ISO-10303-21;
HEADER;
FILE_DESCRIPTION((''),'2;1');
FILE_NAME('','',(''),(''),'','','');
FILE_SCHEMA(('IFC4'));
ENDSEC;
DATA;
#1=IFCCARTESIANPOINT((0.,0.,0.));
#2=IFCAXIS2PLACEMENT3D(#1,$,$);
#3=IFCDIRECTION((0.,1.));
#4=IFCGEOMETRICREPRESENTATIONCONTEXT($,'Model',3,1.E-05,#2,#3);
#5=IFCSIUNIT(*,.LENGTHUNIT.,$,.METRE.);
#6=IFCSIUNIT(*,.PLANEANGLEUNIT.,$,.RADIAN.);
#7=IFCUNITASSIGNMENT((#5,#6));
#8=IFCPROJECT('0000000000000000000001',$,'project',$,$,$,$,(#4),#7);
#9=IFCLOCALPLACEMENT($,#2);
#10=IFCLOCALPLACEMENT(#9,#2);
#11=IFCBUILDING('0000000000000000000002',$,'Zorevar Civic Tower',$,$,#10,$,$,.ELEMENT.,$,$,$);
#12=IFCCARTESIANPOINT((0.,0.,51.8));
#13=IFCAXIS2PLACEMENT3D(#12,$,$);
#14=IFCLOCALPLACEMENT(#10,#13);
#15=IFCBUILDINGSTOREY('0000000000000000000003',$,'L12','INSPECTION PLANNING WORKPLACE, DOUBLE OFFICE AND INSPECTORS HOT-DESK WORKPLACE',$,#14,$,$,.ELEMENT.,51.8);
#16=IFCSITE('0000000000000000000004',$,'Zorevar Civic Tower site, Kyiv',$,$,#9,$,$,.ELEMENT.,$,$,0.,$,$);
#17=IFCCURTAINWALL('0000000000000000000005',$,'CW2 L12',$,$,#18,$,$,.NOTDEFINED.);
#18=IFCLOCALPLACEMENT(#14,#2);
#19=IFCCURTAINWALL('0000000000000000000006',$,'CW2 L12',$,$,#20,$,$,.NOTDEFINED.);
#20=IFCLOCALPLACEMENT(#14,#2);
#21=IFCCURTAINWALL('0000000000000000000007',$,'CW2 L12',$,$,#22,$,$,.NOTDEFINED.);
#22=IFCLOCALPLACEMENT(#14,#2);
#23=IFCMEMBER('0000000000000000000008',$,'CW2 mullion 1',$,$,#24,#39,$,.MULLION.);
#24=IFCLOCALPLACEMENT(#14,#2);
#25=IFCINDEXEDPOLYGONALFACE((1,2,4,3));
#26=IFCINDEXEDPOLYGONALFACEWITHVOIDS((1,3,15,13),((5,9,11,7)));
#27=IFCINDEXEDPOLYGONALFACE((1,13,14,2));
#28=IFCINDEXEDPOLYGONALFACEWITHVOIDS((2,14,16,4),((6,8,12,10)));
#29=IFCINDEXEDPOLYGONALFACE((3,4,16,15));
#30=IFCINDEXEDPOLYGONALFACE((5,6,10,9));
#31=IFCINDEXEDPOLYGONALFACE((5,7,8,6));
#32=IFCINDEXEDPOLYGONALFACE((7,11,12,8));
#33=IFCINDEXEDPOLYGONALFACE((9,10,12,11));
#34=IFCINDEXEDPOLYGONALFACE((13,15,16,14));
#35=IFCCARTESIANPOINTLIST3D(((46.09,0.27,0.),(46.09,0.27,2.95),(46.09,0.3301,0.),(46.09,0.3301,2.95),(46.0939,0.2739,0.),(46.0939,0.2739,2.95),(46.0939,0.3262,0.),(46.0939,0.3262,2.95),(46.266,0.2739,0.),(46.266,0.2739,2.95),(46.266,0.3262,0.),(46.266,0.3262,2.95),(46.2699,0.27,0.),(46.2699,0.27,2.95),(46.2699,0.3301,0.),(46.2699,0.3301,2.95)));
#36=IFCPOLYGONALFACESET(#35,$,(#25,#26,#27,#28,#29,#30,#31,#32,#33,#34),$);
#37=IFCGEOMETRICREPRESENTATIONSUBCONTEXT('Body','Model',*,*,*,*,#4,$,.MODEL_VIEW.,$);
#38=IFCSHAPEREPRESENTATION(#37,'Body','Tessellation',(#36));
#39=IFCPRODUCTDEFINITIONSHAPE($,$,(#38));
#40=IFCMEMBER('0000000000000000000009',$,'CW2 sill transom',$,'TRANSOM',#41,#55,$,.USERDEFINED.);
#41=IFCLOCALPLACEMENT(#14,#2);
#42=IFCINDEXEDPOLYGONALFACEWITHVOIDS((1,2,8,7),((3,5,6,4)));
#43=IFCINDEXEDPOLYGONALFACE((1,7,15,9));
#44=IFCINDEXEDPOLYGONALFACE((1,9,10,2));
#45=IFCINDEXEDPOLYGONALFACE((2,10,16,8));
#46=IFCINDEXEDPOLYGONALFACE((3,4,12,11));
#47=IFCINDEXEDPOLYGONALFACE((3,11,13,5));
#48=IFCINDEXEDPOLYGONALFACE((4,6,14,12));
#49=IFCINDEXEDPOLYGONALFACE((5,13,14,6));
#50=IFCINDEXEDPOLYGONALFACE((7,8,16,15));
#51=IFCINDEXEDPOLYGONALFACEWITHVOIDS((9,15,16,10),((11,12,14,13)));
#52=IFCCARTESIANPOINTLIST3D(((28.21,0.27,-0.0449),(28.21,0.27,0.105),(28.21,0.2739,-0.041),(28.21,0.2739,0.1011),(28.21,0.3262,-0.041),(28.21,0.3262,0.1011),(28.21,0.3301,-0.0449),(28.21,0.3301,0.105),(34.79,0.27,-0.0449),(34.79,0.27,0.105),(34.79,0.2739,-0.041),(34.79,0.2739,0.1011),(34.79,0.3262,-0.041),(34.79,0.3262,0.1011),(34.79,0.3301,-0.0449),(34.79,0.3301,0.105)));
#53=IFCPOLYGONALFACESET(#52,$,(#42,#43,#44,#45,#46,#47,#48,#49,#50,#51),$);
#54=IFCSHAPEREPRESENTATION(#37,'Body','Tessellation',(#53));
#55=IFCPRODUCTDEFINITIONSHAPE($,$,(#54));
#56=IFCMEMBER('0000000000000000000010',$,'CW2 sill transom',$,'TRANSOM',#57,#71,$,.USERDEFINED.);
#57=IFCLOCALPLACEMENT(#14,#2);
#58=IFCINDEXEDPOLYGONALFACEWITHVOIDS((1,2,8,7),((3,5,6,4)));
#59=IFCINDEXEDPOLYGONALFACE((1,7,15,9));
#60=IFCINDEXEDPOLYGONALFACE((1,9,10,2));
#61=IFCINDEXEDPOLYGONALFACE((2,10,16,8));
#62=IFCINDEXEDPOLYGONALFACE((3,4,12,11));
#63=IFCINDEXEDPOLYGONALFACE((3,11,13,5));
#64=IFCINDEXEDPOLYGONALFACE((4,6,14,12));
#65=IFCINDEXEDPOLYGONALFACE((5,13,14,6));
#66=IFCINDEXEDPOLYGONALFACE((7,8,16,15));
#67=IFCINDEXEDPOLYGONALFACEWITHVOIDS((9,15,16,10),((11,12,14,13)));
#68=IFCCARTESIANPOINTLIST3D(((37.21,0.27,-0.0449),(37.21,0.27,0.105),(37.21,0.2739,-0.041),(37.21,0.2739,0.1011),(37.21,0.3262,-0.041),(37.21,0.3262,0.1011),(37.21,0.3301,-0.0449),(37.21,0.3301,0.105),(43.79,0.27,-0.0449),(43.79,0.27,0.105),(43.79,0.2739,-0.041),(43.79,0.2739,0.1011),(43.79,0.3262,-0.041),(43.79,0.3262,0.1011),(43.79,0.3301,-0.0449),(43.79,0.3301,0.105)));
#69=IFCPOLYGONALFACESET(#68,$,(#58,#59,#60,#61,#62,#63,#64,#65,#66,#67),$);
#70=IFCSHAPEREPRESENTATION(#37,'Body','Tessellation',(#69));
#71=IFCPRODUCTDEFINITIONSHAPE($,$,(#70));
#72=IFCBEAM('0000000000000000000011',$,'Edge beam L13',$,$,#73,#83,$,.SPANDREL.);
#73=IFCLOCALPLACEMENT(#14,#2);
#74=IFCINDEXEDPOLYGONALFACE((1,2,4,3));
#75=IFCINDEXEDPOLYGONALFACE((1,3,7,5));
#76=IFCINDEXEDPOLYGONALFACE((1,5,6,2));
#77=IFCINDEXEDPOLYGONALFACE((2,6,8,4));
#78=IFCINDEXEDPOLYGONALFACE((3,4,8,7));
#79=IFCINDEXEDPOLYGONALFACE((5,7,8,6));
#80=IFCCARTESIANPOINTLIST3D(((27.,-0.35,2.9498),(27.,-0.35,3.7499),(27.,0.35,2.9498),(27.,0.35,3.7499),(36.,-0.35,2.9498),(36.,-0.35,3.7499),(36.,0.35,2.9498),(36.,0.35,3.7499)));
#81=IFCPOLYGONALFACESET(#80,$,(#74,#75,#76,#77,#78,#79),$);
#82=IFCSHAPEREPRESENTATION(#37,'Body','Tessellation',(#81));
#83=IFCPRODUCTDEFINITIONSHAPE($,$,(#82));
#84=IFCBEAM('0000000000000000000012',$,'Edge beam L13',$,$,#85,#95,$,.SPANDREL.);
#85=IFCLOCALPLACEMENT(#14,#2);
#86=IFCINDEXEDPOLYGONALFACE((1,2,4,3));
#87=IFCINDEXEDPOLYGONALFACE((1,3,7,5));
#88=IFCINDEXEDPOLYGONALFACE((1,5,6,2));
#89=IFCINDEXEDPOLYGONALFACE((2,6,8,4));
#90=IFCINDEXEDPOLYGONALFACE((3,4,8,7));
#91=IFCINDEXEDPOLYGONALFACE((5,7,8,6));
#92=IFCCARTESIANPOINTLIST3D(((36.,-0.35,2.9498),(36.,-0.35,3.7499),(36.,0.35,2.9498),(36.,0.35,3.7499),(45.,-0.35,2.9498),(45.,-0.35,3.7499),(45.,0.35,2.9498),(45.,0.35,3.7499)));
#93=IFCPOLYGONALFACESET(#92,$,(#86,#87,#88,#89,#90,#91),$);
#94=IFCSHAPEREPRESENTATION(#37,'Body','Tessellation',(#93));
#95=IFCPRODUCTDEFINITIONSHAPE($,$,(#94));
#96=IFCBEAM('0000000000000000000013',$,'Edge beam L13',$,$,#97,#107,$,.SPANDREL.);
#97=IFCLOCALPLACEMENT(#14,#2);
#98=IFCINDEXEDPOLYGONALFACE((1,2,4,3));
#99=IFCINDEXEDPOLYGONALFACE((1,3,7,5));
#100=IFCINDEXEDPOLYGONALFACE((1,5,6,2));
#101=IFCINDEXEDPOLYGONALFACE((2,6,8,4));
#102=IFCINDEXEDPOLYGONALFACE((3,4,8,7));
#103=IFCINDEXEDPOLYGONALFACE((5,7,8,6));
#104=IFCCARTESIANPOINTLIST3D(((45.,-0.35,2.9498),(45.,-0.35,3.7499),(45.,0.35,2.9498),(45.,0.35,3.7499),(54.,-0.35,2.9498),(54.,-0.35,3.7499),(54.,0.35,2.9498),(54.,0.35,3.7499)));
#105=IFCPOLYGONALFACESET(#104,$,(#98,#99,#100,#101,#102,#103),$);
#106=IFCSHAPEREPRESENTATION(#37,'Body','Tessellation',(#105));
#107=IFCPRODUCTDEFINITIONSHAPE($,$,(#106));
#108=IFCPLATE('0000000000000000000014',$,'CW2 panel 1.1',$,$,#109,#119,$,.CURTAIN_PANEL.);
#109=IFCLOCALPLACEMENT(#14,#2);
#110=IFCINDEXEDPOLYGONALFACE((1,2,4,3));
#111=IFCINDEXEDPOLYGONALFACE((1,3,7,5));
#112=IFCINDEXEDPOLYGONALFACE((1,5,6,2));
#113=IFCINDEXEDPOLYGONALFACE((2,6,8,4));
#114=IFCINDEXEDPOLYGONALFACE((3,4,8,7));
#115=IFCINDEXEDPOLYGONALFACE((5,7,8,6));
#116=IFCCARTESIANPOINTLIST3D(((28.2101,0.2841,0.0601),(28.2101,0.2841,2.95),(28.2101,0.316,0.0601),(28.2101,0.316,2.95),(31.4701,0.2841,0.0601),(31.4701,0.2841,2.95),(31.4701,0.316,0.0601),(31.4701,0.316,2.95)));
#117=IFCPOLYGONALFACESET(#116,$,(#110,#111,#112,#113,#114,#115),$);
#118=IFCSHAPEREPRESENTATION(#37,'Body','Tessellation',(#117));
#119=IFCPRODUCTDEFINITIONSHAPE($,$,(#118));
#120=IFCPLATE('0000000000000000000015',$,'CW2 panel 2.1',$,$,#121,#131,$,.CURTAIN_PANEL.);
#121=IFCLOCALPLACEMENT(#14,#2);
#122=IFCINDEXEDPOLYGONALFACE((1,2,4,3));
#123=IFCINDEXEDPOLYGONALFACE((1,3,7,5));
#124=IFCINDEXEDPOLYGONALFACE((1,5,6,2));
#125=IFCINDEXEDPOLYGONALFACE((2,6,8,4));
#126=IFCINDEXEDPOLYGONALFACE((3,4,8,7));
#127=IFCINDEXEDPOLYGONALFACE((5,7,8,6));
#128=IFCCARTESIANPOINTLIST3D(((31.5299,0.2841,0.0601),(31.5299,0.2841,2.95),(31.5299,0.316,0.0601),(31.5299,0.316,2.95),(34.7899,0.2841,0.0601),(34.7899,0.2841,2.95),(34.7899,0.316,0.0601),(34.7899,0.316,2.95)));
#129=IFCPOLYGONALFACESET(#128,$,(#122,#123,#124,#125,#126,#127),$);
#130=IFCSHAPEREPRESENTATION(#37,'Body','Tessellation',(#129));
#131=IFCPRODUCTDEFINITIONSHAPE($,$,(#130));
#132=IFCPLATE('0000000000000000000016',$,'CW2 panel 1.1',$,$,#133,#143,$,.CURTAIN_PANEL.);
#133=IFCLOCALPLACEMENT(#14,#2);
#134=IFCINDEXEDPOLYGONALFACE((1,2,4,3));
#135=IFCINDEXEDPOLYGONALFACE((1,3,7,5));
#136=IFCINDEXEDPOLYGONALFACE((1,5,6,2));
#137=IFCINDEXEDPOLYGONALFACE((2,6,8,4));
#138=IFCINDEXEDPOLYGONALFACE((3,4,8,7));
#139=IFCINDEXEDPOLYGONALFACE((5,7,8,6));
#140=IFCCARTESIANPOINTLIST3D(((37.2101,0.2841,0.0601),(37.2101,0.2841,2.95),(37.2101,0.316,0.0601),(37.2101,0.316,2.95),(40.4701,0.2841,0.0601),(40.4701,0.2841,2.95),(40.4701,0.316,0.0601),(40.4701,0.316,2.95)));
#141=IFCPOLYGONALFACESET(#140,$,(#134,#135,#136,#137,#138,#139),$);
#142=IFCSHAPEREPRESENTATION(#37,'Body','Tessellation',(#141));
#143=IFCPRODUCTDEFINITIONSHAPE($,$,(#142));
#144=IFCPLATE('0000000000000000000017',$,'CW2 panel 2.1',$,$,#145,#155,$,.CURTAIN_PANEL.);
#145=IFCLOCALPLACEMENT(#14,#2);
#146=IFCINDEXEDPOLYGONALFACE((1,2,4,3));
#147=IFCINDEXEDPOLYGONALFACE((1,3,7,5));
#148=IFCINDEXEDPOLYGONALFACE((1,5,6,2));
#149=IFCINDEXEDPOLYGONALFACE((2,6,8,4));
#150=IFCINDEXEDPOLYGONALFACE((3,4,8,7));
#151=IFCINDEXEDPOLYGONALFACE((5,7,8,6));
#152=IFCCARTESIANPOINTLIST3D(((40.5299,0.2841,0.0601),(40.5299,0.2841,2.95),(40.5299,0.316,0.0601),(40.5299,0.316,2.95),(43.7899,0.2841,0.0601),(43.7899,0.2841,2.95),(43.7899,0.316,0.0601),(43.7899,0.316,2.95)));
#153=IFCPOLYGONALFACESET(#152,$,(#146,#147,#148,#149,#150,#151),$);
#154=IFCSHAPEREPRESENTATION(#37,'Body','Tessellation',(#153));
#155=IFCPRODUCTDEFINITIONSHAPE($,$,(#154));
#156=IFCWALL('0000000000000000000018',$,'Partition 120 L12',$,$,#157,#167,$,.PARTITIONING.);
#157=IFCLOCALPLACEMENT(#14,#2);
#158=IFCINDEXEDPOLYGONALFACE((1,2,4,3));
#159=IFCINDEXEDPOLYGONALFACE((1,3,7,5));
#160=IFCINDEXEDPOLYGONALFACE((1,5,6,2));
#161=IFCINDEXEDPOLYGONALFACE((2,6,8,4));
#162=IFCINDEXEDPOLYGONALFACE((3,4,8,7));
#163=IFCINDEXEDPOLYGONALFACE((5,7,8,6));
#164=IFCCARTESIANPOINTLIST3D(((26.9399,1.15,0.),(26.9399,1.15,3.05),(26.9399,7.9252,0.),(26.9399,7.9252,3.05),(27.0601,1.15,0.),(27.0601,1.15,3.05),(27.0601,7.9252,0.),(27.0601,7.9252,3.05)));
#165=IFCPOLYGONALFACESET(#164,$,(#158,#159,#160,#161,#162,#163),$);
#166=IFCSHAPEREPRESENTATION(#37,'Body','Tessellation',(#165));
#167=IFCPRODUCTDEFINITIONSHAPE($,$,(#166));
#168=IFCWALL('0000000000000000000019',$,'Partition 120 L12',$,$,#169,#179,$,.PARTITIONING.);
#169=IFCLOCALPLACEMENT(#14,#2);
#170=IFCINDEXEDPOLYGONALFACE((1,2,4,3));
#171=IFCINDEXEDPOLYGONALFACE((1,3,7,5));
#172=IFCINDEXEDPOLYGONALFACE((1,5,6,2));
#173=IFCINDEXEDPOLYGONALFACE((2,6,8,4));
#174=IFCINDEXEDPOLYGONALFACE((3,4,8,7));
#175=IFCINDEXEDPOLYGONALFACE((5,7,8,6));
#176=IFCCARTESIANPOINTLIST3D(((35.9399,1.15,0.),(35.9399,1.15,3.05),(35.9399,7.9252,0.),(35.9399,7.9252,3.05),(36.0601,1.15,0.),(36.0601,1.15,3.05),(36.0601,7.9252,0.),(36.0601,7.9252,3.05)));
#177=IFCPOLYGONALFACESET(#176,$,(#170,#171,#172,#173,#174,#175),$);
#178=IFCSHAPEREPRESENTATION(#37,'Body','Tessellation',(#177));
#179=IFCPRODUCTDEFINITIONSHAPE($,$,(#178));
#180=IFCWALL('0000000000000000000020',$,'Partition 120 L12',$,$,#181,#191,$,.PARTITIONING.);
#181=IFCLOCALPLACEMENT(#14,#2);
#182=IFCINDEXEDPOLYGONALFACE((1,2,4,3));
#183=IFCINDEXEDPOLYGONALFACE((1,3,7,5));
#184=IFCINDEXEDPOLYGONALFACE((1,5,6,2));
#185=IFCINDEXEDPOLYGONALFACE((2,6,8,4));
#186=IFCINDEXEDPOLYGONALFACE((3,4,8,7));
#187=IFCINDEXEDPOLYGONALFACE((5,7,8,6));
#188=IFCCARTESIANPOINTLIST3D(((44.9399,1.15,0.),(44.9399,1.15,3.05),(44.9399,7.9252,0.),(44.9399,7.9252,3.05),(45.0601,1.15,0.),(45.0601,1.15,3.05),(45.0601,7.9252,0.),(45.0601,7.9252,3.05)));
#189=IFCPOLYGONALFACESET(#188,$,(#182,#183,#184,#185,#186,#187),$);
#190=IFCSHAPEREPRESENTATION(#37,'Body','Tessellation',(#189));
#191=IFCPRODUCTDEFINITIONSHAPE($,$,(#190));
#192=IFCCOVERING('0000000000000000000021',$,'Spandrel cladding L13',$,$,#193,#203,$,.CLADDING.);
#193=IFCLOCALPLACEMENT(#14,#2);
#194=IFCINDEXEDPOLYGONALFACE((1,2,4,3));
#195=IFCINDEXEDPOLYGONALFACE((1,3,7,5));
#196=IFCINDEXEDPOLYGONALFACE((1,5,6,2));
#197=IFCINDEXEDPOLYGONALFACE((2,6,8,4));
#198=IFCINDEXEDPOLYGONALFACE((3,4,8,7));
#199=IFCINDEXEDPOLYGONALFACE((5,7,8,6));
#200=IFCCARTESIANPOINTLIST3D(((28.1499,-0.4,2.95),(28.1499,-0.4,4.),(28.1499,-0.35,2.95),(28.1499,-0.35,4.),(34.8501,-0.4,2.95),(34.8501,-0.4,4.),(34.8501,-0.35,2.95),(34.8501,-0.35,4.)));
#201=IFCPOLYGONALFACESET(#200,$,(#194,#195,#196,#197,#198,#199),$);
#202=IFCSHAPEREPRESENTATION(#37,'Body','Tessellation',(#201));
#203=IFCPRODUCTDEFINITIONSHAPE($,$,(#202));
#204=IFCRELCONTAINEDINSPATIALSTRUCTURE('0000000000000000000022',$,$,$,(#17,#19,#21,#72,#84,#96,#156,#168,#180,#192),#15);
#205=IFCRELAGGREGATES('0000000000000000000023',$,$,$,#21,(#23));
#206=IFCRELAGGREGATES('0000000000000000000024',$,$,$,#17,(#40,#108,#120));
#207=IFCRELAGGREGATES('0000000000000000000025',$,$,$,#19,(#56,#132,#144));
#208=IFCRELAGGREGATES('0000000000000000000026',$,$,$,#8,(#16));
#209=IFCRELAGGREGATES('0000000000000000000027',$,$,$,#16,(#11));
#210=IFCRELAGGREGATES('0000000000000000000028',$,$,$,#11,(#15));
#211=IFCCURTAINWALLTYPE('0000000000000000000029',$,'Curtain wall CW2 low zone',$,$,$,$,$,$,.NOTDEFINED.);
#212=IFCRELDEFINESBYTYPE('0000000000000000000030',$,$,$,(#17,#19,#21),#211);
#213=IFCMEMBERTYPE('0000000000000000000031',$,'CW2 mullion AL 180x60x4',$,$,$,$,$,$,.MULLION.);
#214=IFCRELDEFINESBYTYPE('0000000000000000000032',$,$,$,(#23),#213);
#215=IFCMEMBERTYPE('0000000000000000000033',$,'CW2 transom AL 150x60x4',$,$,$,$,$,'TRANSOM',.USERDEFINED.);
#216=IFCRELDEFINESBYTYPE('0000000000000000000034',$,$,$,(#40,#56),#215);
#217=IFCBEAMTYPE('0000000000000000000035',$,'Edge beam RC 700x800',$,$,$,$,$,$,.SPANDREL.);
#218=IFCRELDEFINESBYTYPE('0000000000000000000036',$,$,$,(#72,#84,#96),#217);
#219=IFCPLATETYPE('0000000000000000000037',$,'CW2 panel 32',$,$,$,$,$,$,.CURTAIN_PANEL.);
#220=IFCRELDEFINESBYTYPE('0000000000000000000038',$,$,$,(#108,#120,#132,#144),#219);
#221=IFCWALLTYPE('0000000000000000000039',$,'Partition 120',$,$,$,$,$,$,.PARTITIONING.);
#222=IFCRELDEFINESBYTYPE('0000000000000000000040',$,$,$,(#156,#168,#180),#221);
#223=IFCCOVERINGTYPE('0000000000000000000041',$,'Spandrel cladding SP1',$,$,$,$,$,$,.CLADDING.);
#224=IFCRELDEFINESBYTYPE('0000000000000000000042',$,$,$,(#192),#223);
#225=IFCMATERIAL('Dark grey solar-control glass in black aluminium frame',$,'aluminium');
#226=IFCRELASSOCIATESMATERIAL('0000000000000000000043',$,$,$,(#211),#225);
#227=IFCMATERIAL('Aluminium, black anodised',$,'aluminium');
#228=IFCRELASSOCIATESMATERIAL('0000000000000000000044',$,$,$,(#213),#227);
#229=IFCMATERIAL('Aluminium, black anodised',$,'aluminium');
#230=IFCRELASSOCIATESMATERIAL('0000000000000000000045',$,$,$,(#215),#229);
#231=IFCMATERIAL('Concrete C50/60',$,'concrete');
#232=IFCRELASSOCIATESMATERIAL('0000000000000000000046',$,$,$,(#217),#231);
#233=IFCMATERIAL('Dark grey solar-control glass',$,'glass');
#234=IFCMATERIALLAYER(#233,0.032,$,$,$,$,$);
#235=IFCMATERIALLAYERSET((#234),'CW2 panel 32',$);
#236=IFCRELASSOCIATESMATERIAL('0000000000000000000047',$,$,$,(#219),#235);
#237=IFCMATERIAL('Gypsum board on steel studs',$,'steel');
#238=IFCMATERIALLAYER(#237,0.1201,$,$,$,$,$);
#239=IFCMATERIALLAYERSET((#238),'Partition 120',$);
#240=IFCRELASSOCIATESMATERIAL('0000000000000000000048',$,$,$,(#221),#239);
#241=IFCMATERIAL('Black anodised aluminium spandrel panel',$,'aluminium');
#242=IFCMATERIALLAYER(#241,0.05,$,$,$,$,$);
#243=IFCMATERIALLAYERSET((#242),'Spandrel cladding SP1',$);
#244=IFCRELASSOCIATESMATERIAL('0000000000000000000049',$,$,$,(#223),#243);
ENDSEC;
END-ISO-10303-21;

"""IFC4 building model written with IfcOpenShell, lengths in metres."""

from ifc_helpers import new_model, si_unit, direction, frame, frame_2d, origin, origin_2d, place, context, subcontext, project, spatial, rectangle, hollow_rectangle, extrude, material, layer, layer_set, material_profile, profile_set, type_object, element, aggregate, save


model = new_model("IFC4")

# Units and contexts
model_context = context("Model", 3, precision=1e-05, world=origin(), true_north=direction((0.0, 1.0)))
body_context = subcontext(model_context, "Body", "Model", "MODEL_VIEW")
ifc_project = project(units=[si_unit("LENGTHUNIT", "METRE"), si_unit("PLANEANGLEUNIT", "RADIAN")], contexts=[model_context])

# Site, building, storey
site_placement = place(None, origin())
site = spatial("IfcSite", under=ifc_project, at=site_placement, Name="Zorevar Civic Tower site, Kyiv", CompositionType="ELEMENT", RefElevation=0.0)
building_placement = place(site_placement, origin())
building = spatial("IfcBuilding", under=site, at=building_placement, Name="Zorevar Civic Tower", CompositionType="ELEMENT")
storey_placement = place(building_placement, frame((0.0, 0.0, 51.8)))
storey = spatial("IfcBuildingStorey", under=building, at=storey_placement, Name="L12", Description="INSPECTION PLANNING WORKPLACE, DOUBLE OFFICE AND INSPECTORS HOT-DESK WORKPLACE", CompositionType="ELEMENT", Elevation=51.8)

# Curtain walls
ifc_material_1 = material(Name="Dark grey solar-control glass in black aluminium frame", Category="aluminium")
curtain_wall_type = type_object("IfcCurtainWallType", Name="Curtain wall CW2 low zone", PredefinedType="NOTDEFINED", material=ifc_material_1)
curtain_wall_1_placement = place(storey_placement, origin())
curtain_wall_1 = element("IfcCurtainWall", 1, at=curtain_wall_1_placement, inside=storey, type_object=curtain_wall_type, Name="CW2 L12", PredefinedType="NOTDEFINED")
ifc_material_2 = material(Name="Aluminium, black anodised", Category="aluminium")
ifc_material_profile_1 = material_profile(ifc_material_2, hollow_rectangle(XDim=0.0601, YDim=0.1799, WallThickness=0.0039, at=origin_2d()), Name="AL 180x60x4")
ifc_profile_set_1 = profile_set([ifc_material_profile_1], Name="Aluminium, black anodised")
member_type_1 = type_object("IfcMemberType", Name="CW2 mullion AL 180x60x4", PredefinedType="MULLION", material=ifc_profile_set_1)
curtain_wall_2_placement = place(storey_placement, origin())
curtain_wall_2 = element("IfcCurtainWall", 2, at=curtain_wall_2_placement, inside=storey, type_object=curtain_wall_type, Name="CW2 L12", PredefinedType="NOTDEFINED")

# Curtain wall, member
curtain_wall_3_placement = place(storey_placement, origin())
curtain_wall_3 = element("IfcCurtainWall", 3, at=curtain_wall_3_placement, inside=storey, type_object=curtain_wall_type, Name="CW2 L12", PredefinedType="NOTDEFINED")
member_1_placement = place(storey_placement, frame((46.1799, 0.3, 0.0), z_axis=(0.0, 0.0, 1.0), x_axis=(0.0, 1.0, 0.0)))
member_1 = element("IfcMember", 4, at=member_1_placement, type_object=member_type_1, Name="CW2 mullion 1", PredefinedType="MULLION", context=body_context, shape_type="SweptSolid", body=[
    extrude(hollow_rectangle(XDim=0.0601, YDim=0.1799, WallThickness=0.0039, at=origin_2d()), origin(), (0.0, 0.0, 1.0), 2.95),
])
aggregate(curtain_wall_3, [member_1])

# Members
ifc_material_3 = material(Name="Aluminium, black anodised", Category="aluminium")
ifc_material_profile_2 = material_profile(ifc_material_3, hollow_rectangle(XDim=0.0601, YDim=0.1499, WallThickness=0.0039, at=origin_2d()), Name="AL 150x60x4")
ifc_profile_set_2 = profile_set([ifc_material_profile_2], Name="Aluminium, black anodised")
member_type_2 = type_object("IfcMemberType", Name="CW2 transom AL 150x60x4", ElementType="TRANSOM", PredefinedType="USERDEFINED", material=ifc_profile_set_2)
member_2_placement = place(storey_placement, frame((28.21, 0.3, 0.03), z_axis=(1.0, 0.0, 0.0), x_axis=(0.0, 1.0, 0.0)))
member_2 = element("IfcMember", 5, at=member_2_placement, type_object=member_type_2, Name="CW2 sill transom", ObjectType="TRANSOM", PredefinedType="USERDEFINED", context=body_context, shape_type="SweptSolid", body=[
    extrude(hollow_rectangle(XDim=0.0601, YDim=0.1499, WallThickness=0.0039, at=origin_2d()), origin(), (0.0, 0.0, 1.0), 6.5801),
])
member_3_placement = place(storey_placement, frame((37.21, 0.3, 0.03), z_axis=(1.0, 0.0, 0.0), x_axis=(0.0, 1.0, 0.0)))
member_3 = element("IfcMember", 6, at=member_3_placement, type_object=member_type_2, Name="CW2 sill transom", ObjectType="TRANSOM", PredefinedType="USERDEFINED", context=body_context, shape_type="SweptSolid", body=[
    extrude(hollow_rectangle(XDim=0.0601, YDim=0.1499, WallThickness=0.0039, at=origin_2d()), origin(), (0.0, 0.0, 1.0), 6.5801),
])

# Beams
ifc_material_4 = material(Name="Concrete C50/60", Category="concrete")
ifc_material_profile_3 = material_profile(ifc_material_4, rectangle(XDim=0.7, YDim=0.8, at=origin_2d()), Name="RC 700x800")
ifc_profile_set_3 = profile_set([ifc_material_profile_3], Name="Concrete C50/60")
beam_type_1 = type_object("IfcBeamType", Name="Edge beam RC 700x800", PredefinedType="SPANDREL", material=ifc_profile_set_3)
for number, where, z_axis, x_axis, name in (
    (7, (27.0, 0.0, 3.3499), (1.0, 0.0, 0.0), (0.0, 1.0, 0.0), "Edge beam L13"),
    (8, (36.0, 0.0, 3.3499), (1.0, 0.0, 0.0), (0.0, 1.0, 0.0), "Edge beam L13"),
    (9, (45.0, 0.0, 3.3499), (1.0, 0.0, 0.0), (0.0, 1.0, 0.0), "Edge beam L13"),
):
    element("IfcBeam", number, at=place(storey_placement, frame(where, z_axis=z_axis, x_axis=x_axis)), inside=storey, type_object=beam_type_1, Name=name, PredefinedType="SPANDREL", context=body_context, shape_type="SweptSolid", body=[
        extrude(rectangle(XDim=0.7, YDim=0.8, at=origin_2d()), origin(), (0.0, 0.0, 1.0), 9.0),
    ])

# Plates
ifc_material_5 = material(Name="Dark grey solar-control glass", Category="glass")
ifc_layer_1 = layer(ifc_material_5, 0.032)
ifc_layer_set_1 = layer_set([ifc_layer_1], Name="CW2 panel 32")
plate_type = type_object("IfcPlateType", Name="CW2 panel 32", PredefinedType="CURTAIN_PANEL", material=ifc_layer_set_1)
plate_1_placement = place(storey_placement, frame((29.8401, 0.3, 0.0601), z_axis=(0.0, 0.0, 1.0), x_axis=(1.0, 0.0, 0.0)))
plate_1 = element("IfcPlate", 10, at=plate_1_placement, type_object=plate_type, Name="CW2 panel 1.1", PredefinedType="CURTAIN_PANEL", context=body_context, shape_type="SweptSolid", body=[
    extrude(rectangle(XDim=3.26, YDim=0.032, at=origin_2d()), origin(), (0.0, 0.0, 1.0), 2.8899),
])
plate_2_placement = place(storey_placement, frame((33.1599, 0.3, 0.0601), z_axis=(0.0, 0.0, 1.0), x_axis=(1.0, 0.0, 0.0)))
plate_2 = element("IfcPlate", 11, at=plate_2_placement, type_object=plate_type, Name="CW2 panel 2.1", PredefinedType="CURTAIN_PANEL", context=body_context, shape_type="SweptSolid", body=[
    extrude(rectangle(XDim=3.26, YDim=0.032, at=origin_2d()), origin(), (0.0, 0.0, 1.0), 2.8899),
])
aggregate(curtain_wall_1, [member_2, plate_1, plate_2])
plate_3_placement = place(storey_placement, frame((38.8401, 0.3, 0.0601), z_axis=(0.0, 0.0, 1.0), x_axis=(1.0, 0.0, 0.0)))
plate_3 = element("IfcPlate", 12, at=plate_3_placement, type_object=plate_type, Name="CW2 panel 1.1", PredefinedType="CURTAIN_PANEL", context=body_context, shape_type="SweptSolid", body=[
    extrude(rectangle(XDim=3.26, YDim=0.032, at=origin_2d()), origin(), (0.0, 0.0, 1.0), 2.8899),
])
plate_4_placement = place(storey_placement, frame((42.1599, 0.3, 0.0601), z_axis=(0.0, 0.0, 1.0), x_axis=(1.0, 0.0, 0.0)))
plate_4 = element("IfcPlate", 13, at=plate_4_placement, type_object=plate_type, Name="CW2 panel 2.1", PredefinedType="CURTAIN_PANEL", context=body_context, shape_type="SweptSolid", body=[
    extrude(rectangle(XDim=3.26, YDim=0.032, at=origin_2d()), origin(), (0.0, 0.0, 1.0), 2.8899),
])
aggregate(curtain_wall_2, [member_3, plate_3, plate_4])

# Walls
ifc_material_6 = material(Name="Gypsum board on steel studs", Category="steel")
ifc_layer_2 = layer(ifc_material_6, 0.1201)
ifc_layer_set_2 = layer_set([ifc_layer_2], Name="Partition 120")
wall_type = type_object("IfcWallType", Name="Partition 120", PredefinedType="PARTITIONING", material=ifc_layer_set_2)
for number, where, z_axis, x_axis, name in (
    (14, (27.0, 1.1499, 0.0), (0.0, 0.0, 1.0), (0.0, 1.0, 0.0), "Partition 120 L12"),
    (15, (36.0, 1.1499, 0.0), (0.0, 0.0, 1.0), (0.0, 1.0, 0.0), "Partition 120 L12"),
    (16, (45.0, 1.1499, 0.0), (0.0, 0.0, 1.0), (0.0, 1.0, 0.0), "Partition 120 L12"),
):
    element("IfcWall", number, at=place(storey_placement, frame(where, z_axis=z_axis, x_axis=x_axis)), inside=storey, type_object=wall_type, Name=name, PredefinedType="PARTITIONING", context=body_context, shape_type="SweptSolid", body=[
        extrude(rectangle(XDim=6.7751, YDim=0.1201, at=frame_2d((3.3877, 0.0))), origin(), (0.0, 0.0, 1.0), 3.05),
    ])

# Covering
ifc_material_7 = material(Name="Black anodised aluminium spandrel panel", Category="aluminium")
ifc_layer_3 = layer(ifc_material_7, 0.05)
ifc_layer_set_3 = layer_set([ifc_layer_3], Name="Spandrel cladding SP1")
covering_type = type_object("IfcCoveringType", Name="Spandrel cladding SP1", PredefinedType="CLADDING", material=ifc_layer_set_3)
for number, where, z_axis, x_axis, name in (
    (17, (28.1499, -0.375, 2.95), (0.0, 0.0, 1.0), (1.0, 0.0, 0.0), "Spandrel cladding L13"),
):
    element("IfcCovering", number, at=place(storey_placement, frame(where, z_axis=z_axis, x_axis=x_axis)), inside=storey, type_object=covering_type, Name=name, PredefinedType="CLADDING", context=body_context, shape_type="SweptSolid", body=[
        extrude(rectangle(XDim=6.7002, YDim=0.05, at=frame_2d((3.3501, 0.0))), origin(), (0.0, 0.0, 1.0), 1.05),
    ])

save(model, "model.ifc")
